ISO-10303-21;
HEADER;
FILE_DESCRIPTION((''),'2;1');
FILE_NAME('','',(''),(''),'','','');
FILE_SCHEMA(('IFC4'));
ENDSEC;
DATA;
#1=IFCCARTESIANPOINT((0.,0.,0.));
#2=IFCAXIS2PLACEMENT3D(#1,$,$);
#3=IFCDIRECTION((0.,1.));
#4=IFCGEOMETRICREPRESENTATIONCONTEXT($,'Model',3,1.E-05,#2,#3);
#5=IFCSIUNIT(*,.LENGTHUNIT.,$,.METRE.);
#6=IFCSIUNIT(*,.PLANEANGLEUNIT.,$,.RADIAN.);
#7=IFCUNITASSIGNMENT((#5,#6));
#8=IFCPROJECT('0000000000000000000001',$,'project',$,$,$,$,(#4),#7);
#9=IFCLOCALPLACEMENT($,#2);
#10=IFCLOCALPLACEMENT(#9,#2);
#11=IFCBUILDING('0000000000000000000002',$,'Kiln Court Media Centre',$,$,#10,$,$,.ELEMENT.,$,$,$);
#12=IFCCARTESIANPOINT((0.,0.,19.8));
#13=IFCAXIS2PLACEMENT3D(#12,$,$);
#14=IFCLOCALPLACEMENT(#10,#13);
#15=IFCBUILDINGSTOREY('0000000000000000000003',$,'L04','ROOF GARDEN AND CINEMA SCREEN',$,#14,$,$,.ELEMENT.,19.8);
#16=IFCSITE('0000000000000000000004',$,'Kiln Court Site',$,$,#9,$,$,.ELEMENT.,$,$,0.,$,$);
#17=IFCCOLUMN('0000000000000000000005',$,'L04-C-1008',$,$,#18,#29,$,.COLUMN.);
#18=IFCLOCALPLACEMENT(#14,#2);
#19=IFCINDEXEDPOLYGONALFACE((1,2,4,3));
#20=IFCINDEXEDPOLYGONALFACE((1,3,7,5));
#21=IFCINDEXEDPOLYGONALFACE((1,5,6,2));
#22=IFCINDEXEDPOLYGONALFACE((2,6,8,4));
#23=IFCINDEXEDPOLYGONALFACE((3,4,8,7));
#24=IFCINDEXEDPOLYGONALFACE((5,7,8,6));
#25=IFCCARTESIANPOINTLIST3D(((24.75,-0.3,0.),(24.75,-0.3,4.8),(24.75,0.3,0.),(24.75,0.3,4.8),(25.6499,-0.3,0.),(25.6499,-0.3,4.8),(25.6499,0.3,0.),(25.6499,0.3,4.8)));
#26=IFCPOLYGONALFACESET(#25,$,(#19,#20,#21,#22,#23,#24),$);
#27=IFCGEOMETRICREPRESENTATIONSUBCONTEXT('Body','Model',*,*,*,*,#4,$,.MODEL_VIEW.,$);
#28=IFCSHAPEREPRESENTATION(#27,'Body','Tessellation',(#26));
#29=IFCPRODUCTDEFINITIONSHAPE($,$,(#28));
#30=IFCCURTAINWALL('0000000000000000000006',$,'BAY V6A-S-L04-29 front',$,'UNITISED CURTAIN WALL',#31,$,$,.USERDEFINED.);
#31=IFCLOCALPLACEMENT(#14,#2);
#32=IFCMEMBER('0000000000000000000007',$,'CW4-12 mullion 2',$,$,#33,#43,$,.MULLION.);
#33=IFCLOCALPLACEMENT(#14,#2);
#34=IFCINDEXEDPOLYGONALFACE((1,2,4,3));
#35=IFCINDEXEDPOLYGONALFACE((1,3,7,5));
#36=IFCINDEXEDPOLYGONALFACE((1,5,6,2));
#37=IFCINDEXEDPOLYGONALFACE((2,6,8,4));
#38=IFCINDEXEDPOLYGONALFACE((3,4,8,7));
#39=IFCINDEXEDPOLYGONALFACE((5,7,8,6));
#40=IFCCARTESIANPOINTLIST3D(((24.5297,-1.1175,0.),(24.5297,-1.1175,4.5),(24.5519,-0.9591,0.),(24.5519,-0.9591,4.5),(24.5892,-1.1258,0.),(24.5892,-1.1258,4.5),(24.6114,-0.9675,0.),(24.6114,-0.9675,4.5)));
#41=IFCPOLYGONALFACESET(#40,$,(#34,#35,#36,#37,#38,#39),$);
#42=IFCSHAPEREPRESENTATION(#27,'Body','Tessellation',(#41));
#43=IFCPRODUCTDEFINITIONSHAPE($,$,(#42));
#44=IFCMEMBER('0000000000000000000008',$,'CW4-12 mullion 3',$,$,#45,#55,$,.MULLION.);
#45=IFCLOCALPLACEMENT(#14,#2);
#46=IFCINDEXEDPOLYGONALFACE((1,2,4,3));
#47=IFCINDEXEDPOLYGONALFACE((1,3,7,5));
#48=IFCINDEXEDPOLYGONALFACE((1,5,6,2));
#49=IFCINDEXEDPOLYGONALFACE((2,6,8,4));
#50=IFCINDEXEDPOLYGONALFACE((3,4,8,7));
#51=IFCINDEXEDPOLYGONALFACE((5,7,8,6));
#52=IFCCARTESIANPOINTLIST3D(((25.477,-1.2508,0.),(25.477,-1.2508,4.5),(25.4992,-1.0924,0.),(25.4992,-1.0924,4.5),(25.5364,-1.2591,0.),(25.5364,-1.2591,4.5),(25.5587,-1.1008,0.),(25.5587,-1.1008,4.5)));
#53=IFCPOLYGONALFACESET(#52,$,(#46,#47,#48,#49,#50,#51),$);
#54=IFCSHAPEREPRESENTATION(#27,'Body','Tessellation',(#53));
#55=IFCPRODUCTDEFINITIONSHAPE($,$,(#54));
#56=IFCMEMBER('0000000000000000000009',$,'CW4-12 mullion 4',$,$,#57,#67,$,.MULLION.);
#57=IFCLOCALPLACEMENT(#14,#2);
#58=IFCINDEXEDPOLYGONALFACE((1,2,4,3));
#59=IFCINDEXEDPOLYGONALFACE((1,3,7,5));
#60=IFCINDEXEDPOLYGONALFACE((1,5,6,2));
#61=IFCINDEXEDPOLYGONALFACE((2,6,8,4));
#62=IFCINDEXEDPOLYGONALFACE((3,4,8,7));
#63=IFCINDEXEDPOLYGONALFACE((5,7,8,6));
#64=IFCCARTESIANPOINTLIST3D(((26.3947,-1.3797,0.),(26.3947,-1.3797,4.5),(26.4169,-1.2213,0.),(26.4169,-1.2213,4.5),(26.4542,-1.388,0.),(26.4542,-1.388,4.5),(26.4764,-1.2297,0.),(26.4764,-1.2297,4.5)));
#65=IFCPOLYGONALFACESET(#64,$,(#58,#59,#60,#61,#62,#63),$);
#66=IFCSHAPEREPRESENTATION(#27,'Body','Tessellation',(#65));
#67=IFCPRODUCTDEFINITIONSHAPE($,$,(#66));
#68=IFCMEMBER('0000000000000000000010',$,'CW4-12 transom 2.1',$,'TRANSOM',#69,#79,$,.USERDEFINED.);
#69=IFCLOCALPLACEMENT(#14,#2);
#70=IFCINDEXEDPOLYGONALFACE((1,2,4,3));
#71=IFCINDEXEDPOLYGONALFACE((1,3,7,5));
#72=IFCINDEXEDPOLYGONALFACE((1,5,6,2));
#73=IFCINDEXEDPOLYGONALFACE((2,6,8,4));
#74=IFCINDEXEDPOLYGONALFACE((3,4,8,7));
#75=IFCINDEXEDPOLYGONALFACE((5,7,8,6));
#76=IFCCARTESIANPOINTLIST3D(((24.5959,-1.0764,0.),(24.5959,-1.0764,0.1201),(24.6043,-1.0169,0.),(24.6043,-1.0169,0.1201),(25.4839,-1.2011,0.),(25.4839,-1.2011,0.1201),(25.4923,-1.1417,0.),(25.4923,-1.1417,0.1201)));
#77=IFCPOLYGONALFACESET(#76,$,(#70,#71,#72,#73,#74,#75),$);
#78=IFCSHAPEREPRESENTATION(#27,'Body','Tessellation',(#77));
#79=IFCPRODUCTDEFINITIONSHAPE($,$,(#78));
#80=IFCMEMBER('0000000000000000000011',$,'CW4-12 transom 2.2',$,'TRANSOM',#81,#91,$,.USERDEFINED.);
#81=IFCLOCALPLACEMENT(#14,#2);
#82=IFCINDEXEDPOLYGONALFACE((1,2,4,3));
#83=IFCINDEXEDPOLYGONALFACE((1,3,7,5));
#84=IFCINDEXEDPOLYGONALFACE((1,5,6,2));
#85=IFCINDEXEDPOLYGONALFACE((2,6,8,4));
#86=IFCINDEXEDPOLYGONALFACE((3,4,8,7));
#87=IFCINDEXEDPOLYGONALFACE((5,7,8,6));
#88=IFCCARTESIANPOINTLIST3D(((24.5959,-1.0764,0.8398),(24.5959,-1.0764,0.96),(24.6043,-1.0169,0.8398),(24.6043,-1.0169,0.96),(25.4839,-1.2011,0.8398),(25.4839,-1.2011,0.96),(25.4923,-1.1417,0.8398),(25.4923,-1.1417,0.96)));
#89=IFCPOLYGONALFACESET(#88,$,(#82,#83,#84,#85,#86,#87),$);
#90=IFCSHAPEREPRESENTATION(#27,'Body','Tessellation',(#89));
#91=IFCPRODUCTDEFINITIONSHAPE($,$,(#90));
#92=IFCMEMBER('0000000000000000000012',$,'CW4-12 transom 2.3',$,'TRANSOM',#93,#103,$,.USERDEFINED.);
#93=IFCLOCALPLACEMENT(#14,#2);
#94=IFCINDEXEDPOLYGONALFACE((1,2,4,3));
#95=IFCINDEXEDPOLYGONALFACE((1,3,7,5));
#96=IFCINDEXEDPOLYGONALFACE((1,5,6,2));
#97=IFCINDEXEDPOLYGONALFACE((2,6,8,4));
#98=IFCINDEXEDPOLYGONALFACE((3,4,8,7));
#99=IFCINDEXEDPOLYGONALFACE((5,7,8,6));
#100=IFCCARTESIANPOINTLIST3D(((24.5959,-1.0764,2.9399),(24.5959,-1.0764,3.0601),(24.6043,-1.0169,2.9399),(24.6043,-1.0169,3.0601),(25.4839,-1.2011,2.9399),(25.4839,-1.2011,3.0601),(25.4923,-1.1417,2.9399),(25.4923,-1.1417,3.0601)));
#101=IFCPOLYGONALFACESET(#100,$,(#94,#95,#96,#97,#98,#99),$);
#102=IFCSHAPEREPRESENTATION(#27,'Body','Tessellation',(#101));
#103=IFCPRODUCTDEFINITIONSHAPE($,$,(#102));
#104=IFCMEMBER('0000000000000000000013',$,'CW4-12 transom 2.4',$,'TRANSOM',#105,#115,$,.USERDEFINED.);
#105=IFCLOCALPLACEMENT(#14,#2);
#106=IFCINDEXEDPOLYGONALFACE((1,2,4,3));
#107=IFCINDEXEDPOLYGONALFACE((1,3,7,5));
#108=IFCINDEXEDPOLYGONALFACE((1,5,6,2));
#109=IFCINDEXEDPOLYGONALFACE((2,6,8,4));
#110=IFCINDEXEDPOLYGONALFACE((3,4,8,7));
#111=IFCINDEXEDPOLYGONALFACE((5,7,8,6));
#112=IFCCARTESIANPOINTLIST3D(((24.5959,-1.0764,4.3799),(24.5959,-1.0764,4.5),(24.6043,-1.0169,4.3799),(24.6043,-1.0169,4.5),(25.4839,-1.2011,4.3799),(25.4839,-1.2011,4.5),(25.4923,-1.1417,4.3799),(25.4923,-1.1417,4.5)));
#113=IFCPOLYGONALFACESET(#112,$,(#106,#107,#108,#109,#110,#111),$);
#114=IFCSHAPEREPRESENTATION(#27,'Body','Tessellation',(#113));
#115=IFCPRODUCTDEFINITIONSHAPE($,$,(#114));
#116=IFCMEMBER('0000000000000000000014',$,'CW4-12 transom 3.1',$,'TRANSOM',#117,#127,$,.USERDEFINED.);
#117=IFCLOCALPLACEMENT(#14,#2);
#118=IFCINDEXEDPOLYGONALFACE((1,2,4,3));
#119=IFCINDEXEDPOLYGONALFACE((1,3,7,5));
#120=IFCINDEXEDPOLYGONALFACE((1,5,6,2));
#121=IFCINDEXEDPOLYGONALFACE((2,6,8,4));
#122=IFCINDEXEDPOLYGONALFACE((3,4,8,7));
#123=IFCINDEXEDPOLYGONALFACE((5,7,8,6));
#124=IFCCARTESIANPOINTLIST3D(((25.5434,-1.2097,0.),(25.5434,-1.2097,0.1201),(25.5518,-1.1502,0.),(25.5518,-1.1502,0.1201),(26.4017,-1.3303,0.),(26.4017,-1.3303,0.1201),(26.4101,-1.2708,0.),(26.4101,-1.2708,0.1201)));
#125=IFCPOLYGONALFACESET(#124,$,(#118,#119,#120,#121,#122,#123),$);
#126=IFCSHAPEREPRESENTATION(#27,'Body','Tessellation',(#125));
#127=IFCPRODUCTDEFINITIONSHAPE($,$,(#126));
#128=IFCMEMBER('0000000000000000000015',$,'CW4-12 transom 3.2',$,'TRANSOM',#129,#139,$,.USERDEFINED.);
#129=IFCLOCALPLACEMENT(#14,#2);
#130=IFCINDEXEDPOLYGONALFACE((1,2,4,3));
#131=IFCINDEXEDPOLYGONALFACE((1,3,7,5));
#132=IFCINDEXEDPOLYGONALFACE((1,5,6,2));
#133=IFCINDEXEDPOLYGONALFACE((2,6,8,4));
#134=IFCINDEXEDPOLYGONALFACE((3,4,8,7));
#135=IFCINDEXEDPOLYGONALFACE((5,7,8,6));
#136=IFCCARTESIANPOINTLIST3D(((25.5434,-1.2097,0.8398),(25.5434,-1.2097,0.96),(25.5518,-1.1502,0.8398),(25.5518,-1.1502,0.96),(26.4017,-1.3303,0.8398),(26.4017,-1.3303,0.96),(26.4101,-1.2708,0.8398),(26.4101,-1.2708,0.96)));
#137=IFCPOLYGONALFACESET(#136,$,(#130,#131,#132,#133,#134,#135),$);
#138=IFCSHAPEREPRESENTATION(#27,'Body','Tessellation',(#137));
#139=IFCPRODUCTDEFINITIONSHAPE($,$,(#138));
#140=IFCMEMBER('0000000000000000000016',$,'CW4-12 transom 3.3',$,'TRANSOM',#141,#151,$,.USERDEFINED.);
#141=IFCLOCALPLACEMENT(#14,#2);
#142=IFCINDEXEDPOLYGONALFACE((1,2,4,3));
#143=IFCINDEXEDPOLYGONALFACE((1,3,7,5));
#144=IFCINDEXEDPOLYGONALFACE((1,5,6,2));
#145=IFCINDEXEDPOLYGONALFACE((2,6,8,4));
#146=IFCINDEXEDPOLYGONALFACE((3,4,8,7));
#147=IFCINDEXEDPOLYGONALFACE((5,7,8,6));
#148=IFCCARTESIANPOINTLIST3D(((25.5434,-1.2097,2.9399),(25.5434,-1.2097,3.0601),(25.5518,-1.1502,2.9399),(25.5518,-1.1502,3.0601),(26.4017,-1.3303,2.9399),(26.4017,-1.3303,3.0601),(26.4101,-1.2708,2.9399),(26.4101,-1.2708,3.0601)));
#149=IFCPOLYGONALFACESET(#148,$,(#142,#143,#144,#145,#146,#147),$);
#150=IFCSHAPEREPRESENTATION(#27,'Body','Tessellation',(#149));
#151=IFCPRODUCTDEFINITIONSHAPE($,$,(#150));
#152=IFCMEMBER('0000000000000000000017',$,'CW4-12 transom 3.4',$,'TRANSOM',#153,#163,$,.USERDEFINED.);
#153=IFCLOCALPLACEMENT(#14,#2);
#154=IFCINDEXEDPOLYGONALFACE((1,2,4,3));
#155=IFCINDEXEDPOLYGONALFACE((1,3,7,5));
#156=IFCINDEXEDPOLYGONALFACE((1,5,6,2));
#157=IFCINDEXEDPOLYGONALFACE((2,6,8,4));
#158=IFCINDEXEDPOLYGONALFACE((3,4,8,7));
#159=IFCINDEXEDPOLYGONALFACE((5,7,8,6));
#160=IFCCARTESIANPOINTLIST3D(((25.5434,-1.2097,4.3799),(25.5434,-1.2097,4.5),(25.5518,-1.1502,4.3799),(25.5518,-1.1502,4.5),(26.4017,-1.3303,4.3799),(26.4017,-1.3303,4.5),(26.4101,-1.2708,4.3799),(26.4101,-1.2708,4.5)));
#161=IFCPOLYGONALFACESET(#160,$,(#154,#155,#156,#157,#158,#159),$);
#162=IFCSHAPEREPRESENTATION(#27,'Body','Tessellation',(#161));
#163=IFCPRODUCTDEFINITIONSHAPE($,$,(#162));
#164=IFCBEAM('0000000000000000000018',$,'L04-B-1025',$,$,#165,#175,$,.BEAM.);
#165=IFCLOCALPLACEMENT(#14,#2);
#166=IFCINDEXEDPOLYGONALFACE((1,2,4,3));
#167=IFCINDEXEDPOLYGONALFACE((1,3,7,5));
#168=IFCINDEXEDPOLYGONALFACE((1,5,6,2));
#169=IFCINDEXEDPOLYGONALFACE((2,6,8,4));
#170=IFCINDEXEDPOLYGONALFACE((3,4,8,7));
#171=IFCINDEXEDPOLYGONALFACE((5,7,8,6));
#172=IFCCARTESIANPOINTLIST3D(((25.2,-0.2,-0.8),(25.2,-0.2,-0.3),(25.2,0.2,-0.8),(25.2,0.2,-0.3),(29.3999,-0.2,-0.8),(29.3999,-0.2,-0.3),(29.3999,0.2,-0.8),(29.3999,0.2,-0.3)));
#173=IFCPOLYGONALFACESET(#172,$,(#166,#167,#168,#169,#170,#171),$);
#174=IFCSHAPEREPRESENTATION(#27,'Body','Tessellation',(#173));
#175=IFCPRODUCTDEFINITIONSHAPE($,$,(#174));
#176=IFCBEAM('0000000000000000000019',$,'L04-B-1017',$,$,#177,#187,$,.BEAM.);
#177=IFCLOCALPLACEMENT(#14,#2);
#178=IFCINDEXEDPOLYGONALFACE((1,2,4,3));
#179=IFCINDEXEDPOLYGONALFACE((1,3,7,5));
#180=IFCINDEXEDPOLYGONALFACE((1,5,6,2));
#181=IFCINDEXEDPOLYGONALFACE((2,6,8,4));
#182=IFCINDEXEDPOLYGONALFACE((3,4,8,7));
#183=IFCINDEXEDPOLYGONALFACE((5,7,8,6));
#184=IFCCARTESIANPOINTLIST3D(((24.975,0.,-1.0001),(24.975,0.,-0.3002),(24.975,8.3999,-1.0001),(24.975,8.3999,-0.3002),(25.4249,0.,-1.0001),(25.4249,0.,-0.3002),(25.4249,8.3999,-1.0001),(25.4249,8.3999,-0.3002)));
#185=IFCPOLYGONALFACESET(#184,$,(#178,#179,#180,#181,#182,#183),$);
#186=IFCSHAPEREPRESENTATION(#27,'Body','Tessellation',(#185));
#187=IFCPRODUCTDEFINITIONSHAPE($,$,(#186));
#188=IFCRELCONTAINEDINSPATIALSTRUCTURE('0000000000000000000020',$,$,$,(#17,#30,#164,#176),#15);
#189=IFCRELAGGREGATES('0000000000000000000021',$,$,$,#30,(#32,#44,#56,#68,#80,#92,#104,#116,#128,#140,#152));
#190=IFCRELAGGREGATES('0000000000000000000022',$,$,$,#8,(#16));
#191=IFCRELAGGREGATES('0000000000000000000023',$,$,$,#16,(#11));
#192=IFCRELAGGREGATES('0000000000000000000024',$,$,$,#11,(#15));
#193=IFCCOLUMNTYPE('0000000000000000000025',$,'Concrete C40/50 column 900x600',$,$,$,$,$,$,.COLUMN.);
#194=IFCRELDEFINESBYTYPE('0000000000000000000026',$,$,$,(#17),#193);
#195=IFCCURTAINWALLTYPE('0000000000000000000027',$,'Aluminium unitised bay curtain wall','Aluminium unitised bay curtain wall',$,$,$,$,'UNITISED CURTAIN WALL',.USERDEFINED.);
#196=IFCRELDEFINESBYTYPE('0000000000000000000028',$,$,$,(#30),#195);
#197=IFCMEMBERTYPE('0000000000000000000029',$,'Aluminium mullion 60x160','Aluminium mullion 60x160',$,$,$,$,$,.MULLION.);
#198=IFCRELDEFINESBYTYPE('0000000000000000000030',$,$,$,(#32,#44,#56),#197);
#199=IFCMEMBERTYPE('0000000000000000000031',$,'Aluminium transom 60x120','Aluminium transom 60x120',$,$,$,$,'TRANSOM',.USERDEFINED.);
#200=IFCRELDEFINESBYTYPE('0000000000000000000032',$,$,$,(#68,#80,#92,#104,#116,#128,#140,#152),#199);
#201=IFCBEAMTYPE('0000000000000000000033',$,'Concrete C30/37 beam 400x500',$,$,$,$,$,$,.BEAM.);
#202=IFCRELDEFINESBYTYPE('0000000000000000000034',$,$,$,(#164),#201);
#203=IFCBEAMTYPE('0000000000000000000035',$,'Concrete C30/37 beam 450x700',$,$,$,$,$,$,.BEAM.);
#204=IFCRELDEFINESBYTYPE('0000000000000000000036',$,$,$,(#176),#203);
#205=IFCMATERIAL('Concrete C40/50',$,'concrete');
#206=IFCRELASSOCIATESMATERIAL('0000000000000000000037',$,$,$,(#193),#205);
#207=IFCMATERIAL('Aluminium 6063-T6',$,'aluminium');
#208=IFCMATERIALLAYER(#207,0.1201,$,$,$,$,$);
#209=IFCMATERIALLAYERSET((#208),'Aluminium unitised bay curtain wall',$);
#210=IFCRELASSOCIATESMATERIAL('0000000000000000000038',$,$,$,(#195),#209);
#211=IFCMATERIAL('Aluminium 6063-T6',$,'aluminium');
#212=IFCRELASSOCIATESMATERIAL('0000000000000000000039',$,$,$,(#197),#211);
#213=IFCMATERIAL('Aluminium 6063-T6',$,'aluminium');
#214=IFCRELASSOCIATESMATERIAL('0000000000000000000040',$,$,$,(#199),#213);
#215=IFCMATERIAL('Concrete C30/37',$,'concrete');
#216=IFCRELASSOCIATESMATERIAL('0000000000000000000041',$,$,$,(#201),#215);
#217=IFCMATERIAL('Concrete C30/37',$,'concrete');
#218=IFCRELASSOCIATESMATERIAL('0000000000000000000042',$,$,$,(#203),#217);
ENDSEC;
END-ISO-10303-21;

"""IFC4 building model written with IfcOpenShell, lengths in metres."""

from ifc_helpers import new_model, si_unit, direction, frame, origin, origin_2d, place, context, subcontext, project, spatial, rectangle, extrude, material, layer, layer_set, material_profile, profile_set, type_object, element, aggregate, save


model = new_model("IFC4")

# Units and contexts
model_context = context("Model", 3, precision=1e-05, world=origin(), true_north=direction((0.0, 1.0)))
body_context = subcontext(model_context, "Body", "Model", "MODEL_VIEW")
ifc_project = project(units=[si_unit("LENGTHUNIT", "METRE"), si_unit("PLANEANGLEUNIT", "RADIAN")], contexts=[model_context])

# Site, building, storey
site_placement = place(None, origin())
site = spatial("IfcSite", under=ifc_project, at=site_placement, Name="Kiln Court Site", CompositionType="ELEMENT", RefElevation=0.0)
building_placement = place(site_placement, origin())
building = spatial("IfcBuilding", under=site, at=building_placement, Name="Kiln Court Media Centre", CompositionType="ELEMENT")
storey_placement = place(building_placement, frame((0.0, 0.0, 19.8)))
storey = spatial("IfcBuildingStorey", under=building, at=storey_placement, Name="L04", Description="ROOF GARDEN AND CINEMA SCREEN", CompositionType="ELEMENT", Elevation=19.8)

# Column
ifc_material_1 = material(Name="Concrete C40/50", Category="concrete")
ifc_material_profile_1 = material_profile(ifc_material_1, rectangle(XDim=0.8999, YDim=0.6001, at=origin_2d()), Name="RC 900x600")
ifc_profile_set_1 = profile_set([ifc_material_profile_1], Name="Concrete C40/50")
column_type = type_object("IfcColumnType", Name="Concrete C40/50 column 900x600", PredefinedType="COLUMN", material=ifc_profile_set_1)
column_placement = place(storey_placement, frame((25.2, 0.0, 0.0), z_axis=(0.0, 0.0, 1.0), x_axis=(1.0, 0.0, 0.0)))
element("IfcColumn", 1, at=column_placement, inside=storey, type_object=column_type, Name="L04-C-1008", PredefinedType="COLUMN", context=body_context, shape_type="SweptSolid", body=[
    extrude(rectangle(XDim=0.8999, YDim=0.6001, at=origin_2d()), origin(), (0.0, 0.0, 1.0), 4.8),
])

# Curtain wall, members
ifc_material_2 = material(Name="Aluminium 6063-T6", Category="aluminium")
ifc_layer_1 = layer(ifc_material_2, 0.1201)
ifc_layer_set_1 = layer_set([ifc_layer_1], Name="Aluminium unitised bay curtain wall")
curtain_wall_type = type_object("IfcCurtainWallType", Name="Aluminium unitised bay curtain wall", Description="Aluminium unitised bay curtain wall", ElementType="UNITISED CURTAIN WALL", PredefinedType="USERDEFINED", material=ifc_layer_set_1)
curtain_wall_placement = place(storey_placement, origin())
curtain_wall = element("IfcCurtainWall", 2, at=curtain_wall_placement, inside=storey, type_object=curtain_wall_type, Name="BAY V6A-S-L04-29 front", ObjectType="UNITISED CURTAIN WALL", PredefinedType="USERDEFINED")
ifc_material_3 = material(Name="Aluminium 6063-T6", Category="aluminium")
ifc_material_profile_2 = material_profile(ifc_material_3, rectangle(XDim=0.0601, YDim=0.1599, at=origin_2d()), Name="Aluminium mullion 60x160")
ifc_profile_set_2 = profile_set([ifc_material_profile_2], Name="Aluminium 6063-T6")
member_type_1 = type_object("IfcMemberType", Name="Aluminium mullion 60x160", Description="Aluminium mullion 60x160", PredefinedType="MULLION", material=ifc_profile_set_2)
member_1_placement = place(storey_placement, frame((24.5706, -1.0425, 0.0), z_axis=(0.0, 0.0, 1.0), x_axis=(0.99027, -0.139162, 0.0)))
member_1 = element("IfcMember", 3, at=member_1_placement, type_object=member_type_1, Name="CW4-12 mullion 2", PredefinedType="MULLION", context=body_context, shape_type="SweptSolid", body=[
    extrude(rectangle(XDim=0.0601, YDim=0.1599, at=origin_2d()), origin(), (0.0, 0.0, 1.0), 4.5),
])
member_2_placement = place(storey_placement, frame((25.5178, -1.1758, 0.0), z_axis=(0.0, 0.0, 1.0), x_axis=(0.99027, -0.139162, 0.0)))
member_2 = element("IfcMember", 4, at=member_2_placement, type_object=member_type_1, Name="CW4-12 mullion 3", PredefinedType="MULLION", context=body_context, shape_type="SweptSolid", body=[
    extrude(rectangle(XDim=0.0601, YDim=0.1599, at=origin_2d()), origin(), (0.0, 0.0, 1.0), 4.5),
])
member_3_placement = place(storey_placement, frame((26.4355, -1.3047, 0.0), z_axis=(0.0, 0.0, 1.0), x_axis=(0.99027, -0.139162, 0.0)))
member_3 = element("IfcMember", 5, at=member_3_placement, type_object=member_type_1, Name="CW4-12 mullion 4", PredefinedType="MULLION", context=body_context, shape_type="SweptSolid", body=[
    extrude(rectangle(XDim=0.0601, YDim=0.1599, at=origin_2d()), origin(), (0.0, 0.0, 1.0), 4.5),
])
ifc_material_4 = material(Name="Aluminium 6063-T6", Category="aluminium")
ifc_material_profile_3 = material_profile(ifc_material_4, rectangle(XDim=0.0601, YDim=0.1201, at=origin_2d()), Name="Aluminium transom 60x120")
ifc_profile_set_3 = profile_set([ifc_material_profile_3], Name="Aluminium 6063-T6")
member_type_2 = type_object("IfcMemberType", Name="Aluminium transom 60x120", Description="Aluminium transom 60x120", ElementType="TRANSOM", PredefinedType="USERDEFINED", material=ifc_profile_set_3)
member_4_placement = place(storey_placement, frame((24.6001, -1.0466, 0.0601), z_axis=(0.990274, -0.139134, 0.0), x_axis=(0.139134, 0.990274, 0.0)))
member_4 = element("IfcMember", 6, at=member_4_placement, type_object=member_type_2, Name="CW4-12 transom 2.1", ObjectType="TRANSOM", PredefinedType="USERDEFINED", context=body_context, shape_type="SweptSolid", body=[
    extrude(rectangle(XDim=0.0601, YDim=0.1201, at=origin_2d()), origin(), (0.0, 0.0, 1.0), 0.8967),
])
member_5_placement = place(storey_placement, frame((24.6001, -1.0466, 0.8999), z_axis=(0.990274, -0.139134, 0.0), x_axis=(0.139134, 0.990274, 0.0)))
member_5 = element("IfcMember", 7, at=member_5_placement, type_object=member_type_2, Name="CW4-12 transom 2.2", ObjectType="TRANSOM", PredefinedType="USERDEFINED", context=body_context, shape_type="SweptSolid", body=[
    extrude(rectangle(XDim=0.0601, YDim=0.1201, at=origin_2d()), origin(), (0.0, 0.0, 1.0), 0.8967),
])
member_6_placement = place(storey_placement, frame((24.6001, -1.0466, 3.0), z_axis=(0.990274, -0.139134, 0.0), x_axis=(0.139134, 0.990274, 0.0)))
member_6 = element("IfcMember", 8, at=member_6_placement, type_object=member_type_2, Name="CW4-12 transom 2.3", ObjectType="TRANSOM", PredefinedType="USERDEFINED", context=body_context, shape_type="SweptSolid", body=[
    extrude(rectangle(XDim=0.0601, YDim=0.1201, at=origin_2d()), origin(), (0.0, 0.0, 1.0), 0.8967),
])
member_7_placement = place(storey_placement, frame((24.6001, -1.0466, 4.4399), z_axis=(0.990274, -0.139134, 0.0), x_axis=(0.139134, 0.990274, 0.0)))
member_7 = element("IfcMember", 9, at=member_7_placement, type_object=member_type_2, Name="CW4-12 transom 2.4", ObjectType="TRANSOM", PredefinedType="USERDEFINED", context=body_context, shape_type="SweptSolid", body=[
    extrude(rectangle(XDim=0.0601, YDim=0.1201, at=origin_2d()), origin(), (0.0, 0.0, 1.0), 0.8967),
])
member_8_placement = place(storey_placement, frame((25.5476, -1.1799, 0.0601), z_axis=(0.990268, -0.139173, 0.0), x_axis=(0.139173, 0.990268, 0.0)))
member_8 = element("IfcMember", 10, at=member_8_placement, type_object=member_type_2, Name="CW4-12 transom 3.1", ObjectType="TRANSOM", PredefinedType="USERDEFINED", context=body_context, shape_type="SweptSolid", body=[
    extrude(rectangle(XDim=0.0601, YDim=0.1201, at=origin_2d()), origin(), (0.0, 0.0, 1.0), 0.8667),
])
member_9_placement = place(storey_placement, frame((25.5476, -1.1799, 0.8999), z_axis=(0.990268, -0.139173, 0.0), x_axis=(0.139173, 0.990268, 0.0)))
member_9 = element("IfcMember", 11, at=member_9_placement, type_object=member_type_2, Name="CW4-12 transom 3.2", ObjectType="TRANSOM", PredefinedType="USERDEFINED", context=body_context, shape_type="SweptSolid", body=[
    extrude(rectangle(XDim=0.0601, YDim=0.1201, at=origin_2d()), origin(), (0.0, 0.0, 1.0), 0.8667),
])
member_10_placement = place(storey_placement, frame((25.5476, -1.1799, 3.0), z_axis=(0.990268, -0.139173, 0.0), x_axis=(0.139173, 0.990268, 0.0)))
member_10 = element("IfcMember", 12, at=member_10_placement, type_object=member_type_2, Name="CW4-12 transom 3.3", ObjectType="TRANSOM", PredefinedType="USERDEFINED", context=body_context, shape_type="SweptSolid", body=[
    extrude(rectangle(XDim=0.0601, YDim=0.1201, at=origin_2d()), origin(), (0.0, 0.0, 1.0), 0.8667),
])
member_11_placement = place(storey_placement, frame((25.5476, -1.1799, 4.4399), z_axis=(0.990268, -0.139173, 0.0), x_axis=(0.139173, 0.990268, 0.0)))
member_11 = element("IfcMember", 13, at=member_11_placement, type_object=member_type_2, Name="CW4-12 transom 3.4", ObjectType="TRANSOM", PredefinedType="USERDEFINED", context=body_context, shape_type="SweptSolid", body=[
    extrude(rectangle(XDim=0.0601, YDim=0.1201, at=origin_2d()), origin(), (0.0, 0.0, 1.0), 0.8667),
])

# Beams
ifc_material_5 = material(Name="Concrete C30/37", Category="concrete")
ifc_material_profile_4 = material_profile(ifc_material_5, rectangle(XDim=0.3999, YDim=0.5, at=origin_2d()), Name="RC 400x500")
ifc_profile_set_4 = profile_set([ifc_material_profile_4], Name="Concrete C30/37")
beam_type_1 = type_object("IfcBeamType", Name="Concrete C30/37 beam 400x500", PredefinedType="BEAM", material=ifc_profile_set_4)
beam_1_placement = place(storey_placement, frame((25.2, 0.0, -0.55), z_axis=(1.0, 0.0, 0.0), x_axis=(0.0, 1.0, 0.0)))
element("IfcBeam", 14, at=beam_1_placement, inside=storey, type_object=beam_type_1, Name="L04-B-1025", PredefinedType="BEAM", context=body_context, shape_type="SweptSolid", body=[
    extrude(rectangle(XDim=0.3999, YDim=0.5, at=origin_2d()), origin(), (0.0, 0.0, 1.0), 4.2),
])
ifc_material_6 = material(Name="Concrete C30/37", Category="concrete")
ifc_material_profile_5 = material_profile(ifc_material_6, rectangle(XDim=0.45, YDim=0.7, at=origin_2d()), Name="RC 450x700")
ifc_profile_set_5 = profile_set([ifc_material_profile_5], Name="Concrete C30/37")
beam_type_2 = type_object("IfcBeamType", Name="Concrete C30/37 beam 450x700", PredefinedType="BEAM", material=ifc_profile_set_5)
beam_2_placement = place(storey_placement, frame((25.2, 0.0, -0.6501), z_axis=(0.0, 1.0, 0.0), x_axis=(-1.0, 0.0, 0.0)))
element("IfcBeam", 15, at=beam_2_placement, inside=storey, type_object=beam_type_2, Name="L04-B-1017", PredefinedType="BEAM", context=body_context, shape_type="SweptSolid", body=[
    extrude(rectangle(XDim=0.45, YDim=0.7, at=origin_2d()), origin(), (0.0, 0.0, 1.0), 8.3999),
])

aggregate(curtain_wall, [member_1, member_2, member_3, member_4, member_5, member_6, member_7, member_8, member_9, member_10, member_11])

save(model, "model.ifc")
